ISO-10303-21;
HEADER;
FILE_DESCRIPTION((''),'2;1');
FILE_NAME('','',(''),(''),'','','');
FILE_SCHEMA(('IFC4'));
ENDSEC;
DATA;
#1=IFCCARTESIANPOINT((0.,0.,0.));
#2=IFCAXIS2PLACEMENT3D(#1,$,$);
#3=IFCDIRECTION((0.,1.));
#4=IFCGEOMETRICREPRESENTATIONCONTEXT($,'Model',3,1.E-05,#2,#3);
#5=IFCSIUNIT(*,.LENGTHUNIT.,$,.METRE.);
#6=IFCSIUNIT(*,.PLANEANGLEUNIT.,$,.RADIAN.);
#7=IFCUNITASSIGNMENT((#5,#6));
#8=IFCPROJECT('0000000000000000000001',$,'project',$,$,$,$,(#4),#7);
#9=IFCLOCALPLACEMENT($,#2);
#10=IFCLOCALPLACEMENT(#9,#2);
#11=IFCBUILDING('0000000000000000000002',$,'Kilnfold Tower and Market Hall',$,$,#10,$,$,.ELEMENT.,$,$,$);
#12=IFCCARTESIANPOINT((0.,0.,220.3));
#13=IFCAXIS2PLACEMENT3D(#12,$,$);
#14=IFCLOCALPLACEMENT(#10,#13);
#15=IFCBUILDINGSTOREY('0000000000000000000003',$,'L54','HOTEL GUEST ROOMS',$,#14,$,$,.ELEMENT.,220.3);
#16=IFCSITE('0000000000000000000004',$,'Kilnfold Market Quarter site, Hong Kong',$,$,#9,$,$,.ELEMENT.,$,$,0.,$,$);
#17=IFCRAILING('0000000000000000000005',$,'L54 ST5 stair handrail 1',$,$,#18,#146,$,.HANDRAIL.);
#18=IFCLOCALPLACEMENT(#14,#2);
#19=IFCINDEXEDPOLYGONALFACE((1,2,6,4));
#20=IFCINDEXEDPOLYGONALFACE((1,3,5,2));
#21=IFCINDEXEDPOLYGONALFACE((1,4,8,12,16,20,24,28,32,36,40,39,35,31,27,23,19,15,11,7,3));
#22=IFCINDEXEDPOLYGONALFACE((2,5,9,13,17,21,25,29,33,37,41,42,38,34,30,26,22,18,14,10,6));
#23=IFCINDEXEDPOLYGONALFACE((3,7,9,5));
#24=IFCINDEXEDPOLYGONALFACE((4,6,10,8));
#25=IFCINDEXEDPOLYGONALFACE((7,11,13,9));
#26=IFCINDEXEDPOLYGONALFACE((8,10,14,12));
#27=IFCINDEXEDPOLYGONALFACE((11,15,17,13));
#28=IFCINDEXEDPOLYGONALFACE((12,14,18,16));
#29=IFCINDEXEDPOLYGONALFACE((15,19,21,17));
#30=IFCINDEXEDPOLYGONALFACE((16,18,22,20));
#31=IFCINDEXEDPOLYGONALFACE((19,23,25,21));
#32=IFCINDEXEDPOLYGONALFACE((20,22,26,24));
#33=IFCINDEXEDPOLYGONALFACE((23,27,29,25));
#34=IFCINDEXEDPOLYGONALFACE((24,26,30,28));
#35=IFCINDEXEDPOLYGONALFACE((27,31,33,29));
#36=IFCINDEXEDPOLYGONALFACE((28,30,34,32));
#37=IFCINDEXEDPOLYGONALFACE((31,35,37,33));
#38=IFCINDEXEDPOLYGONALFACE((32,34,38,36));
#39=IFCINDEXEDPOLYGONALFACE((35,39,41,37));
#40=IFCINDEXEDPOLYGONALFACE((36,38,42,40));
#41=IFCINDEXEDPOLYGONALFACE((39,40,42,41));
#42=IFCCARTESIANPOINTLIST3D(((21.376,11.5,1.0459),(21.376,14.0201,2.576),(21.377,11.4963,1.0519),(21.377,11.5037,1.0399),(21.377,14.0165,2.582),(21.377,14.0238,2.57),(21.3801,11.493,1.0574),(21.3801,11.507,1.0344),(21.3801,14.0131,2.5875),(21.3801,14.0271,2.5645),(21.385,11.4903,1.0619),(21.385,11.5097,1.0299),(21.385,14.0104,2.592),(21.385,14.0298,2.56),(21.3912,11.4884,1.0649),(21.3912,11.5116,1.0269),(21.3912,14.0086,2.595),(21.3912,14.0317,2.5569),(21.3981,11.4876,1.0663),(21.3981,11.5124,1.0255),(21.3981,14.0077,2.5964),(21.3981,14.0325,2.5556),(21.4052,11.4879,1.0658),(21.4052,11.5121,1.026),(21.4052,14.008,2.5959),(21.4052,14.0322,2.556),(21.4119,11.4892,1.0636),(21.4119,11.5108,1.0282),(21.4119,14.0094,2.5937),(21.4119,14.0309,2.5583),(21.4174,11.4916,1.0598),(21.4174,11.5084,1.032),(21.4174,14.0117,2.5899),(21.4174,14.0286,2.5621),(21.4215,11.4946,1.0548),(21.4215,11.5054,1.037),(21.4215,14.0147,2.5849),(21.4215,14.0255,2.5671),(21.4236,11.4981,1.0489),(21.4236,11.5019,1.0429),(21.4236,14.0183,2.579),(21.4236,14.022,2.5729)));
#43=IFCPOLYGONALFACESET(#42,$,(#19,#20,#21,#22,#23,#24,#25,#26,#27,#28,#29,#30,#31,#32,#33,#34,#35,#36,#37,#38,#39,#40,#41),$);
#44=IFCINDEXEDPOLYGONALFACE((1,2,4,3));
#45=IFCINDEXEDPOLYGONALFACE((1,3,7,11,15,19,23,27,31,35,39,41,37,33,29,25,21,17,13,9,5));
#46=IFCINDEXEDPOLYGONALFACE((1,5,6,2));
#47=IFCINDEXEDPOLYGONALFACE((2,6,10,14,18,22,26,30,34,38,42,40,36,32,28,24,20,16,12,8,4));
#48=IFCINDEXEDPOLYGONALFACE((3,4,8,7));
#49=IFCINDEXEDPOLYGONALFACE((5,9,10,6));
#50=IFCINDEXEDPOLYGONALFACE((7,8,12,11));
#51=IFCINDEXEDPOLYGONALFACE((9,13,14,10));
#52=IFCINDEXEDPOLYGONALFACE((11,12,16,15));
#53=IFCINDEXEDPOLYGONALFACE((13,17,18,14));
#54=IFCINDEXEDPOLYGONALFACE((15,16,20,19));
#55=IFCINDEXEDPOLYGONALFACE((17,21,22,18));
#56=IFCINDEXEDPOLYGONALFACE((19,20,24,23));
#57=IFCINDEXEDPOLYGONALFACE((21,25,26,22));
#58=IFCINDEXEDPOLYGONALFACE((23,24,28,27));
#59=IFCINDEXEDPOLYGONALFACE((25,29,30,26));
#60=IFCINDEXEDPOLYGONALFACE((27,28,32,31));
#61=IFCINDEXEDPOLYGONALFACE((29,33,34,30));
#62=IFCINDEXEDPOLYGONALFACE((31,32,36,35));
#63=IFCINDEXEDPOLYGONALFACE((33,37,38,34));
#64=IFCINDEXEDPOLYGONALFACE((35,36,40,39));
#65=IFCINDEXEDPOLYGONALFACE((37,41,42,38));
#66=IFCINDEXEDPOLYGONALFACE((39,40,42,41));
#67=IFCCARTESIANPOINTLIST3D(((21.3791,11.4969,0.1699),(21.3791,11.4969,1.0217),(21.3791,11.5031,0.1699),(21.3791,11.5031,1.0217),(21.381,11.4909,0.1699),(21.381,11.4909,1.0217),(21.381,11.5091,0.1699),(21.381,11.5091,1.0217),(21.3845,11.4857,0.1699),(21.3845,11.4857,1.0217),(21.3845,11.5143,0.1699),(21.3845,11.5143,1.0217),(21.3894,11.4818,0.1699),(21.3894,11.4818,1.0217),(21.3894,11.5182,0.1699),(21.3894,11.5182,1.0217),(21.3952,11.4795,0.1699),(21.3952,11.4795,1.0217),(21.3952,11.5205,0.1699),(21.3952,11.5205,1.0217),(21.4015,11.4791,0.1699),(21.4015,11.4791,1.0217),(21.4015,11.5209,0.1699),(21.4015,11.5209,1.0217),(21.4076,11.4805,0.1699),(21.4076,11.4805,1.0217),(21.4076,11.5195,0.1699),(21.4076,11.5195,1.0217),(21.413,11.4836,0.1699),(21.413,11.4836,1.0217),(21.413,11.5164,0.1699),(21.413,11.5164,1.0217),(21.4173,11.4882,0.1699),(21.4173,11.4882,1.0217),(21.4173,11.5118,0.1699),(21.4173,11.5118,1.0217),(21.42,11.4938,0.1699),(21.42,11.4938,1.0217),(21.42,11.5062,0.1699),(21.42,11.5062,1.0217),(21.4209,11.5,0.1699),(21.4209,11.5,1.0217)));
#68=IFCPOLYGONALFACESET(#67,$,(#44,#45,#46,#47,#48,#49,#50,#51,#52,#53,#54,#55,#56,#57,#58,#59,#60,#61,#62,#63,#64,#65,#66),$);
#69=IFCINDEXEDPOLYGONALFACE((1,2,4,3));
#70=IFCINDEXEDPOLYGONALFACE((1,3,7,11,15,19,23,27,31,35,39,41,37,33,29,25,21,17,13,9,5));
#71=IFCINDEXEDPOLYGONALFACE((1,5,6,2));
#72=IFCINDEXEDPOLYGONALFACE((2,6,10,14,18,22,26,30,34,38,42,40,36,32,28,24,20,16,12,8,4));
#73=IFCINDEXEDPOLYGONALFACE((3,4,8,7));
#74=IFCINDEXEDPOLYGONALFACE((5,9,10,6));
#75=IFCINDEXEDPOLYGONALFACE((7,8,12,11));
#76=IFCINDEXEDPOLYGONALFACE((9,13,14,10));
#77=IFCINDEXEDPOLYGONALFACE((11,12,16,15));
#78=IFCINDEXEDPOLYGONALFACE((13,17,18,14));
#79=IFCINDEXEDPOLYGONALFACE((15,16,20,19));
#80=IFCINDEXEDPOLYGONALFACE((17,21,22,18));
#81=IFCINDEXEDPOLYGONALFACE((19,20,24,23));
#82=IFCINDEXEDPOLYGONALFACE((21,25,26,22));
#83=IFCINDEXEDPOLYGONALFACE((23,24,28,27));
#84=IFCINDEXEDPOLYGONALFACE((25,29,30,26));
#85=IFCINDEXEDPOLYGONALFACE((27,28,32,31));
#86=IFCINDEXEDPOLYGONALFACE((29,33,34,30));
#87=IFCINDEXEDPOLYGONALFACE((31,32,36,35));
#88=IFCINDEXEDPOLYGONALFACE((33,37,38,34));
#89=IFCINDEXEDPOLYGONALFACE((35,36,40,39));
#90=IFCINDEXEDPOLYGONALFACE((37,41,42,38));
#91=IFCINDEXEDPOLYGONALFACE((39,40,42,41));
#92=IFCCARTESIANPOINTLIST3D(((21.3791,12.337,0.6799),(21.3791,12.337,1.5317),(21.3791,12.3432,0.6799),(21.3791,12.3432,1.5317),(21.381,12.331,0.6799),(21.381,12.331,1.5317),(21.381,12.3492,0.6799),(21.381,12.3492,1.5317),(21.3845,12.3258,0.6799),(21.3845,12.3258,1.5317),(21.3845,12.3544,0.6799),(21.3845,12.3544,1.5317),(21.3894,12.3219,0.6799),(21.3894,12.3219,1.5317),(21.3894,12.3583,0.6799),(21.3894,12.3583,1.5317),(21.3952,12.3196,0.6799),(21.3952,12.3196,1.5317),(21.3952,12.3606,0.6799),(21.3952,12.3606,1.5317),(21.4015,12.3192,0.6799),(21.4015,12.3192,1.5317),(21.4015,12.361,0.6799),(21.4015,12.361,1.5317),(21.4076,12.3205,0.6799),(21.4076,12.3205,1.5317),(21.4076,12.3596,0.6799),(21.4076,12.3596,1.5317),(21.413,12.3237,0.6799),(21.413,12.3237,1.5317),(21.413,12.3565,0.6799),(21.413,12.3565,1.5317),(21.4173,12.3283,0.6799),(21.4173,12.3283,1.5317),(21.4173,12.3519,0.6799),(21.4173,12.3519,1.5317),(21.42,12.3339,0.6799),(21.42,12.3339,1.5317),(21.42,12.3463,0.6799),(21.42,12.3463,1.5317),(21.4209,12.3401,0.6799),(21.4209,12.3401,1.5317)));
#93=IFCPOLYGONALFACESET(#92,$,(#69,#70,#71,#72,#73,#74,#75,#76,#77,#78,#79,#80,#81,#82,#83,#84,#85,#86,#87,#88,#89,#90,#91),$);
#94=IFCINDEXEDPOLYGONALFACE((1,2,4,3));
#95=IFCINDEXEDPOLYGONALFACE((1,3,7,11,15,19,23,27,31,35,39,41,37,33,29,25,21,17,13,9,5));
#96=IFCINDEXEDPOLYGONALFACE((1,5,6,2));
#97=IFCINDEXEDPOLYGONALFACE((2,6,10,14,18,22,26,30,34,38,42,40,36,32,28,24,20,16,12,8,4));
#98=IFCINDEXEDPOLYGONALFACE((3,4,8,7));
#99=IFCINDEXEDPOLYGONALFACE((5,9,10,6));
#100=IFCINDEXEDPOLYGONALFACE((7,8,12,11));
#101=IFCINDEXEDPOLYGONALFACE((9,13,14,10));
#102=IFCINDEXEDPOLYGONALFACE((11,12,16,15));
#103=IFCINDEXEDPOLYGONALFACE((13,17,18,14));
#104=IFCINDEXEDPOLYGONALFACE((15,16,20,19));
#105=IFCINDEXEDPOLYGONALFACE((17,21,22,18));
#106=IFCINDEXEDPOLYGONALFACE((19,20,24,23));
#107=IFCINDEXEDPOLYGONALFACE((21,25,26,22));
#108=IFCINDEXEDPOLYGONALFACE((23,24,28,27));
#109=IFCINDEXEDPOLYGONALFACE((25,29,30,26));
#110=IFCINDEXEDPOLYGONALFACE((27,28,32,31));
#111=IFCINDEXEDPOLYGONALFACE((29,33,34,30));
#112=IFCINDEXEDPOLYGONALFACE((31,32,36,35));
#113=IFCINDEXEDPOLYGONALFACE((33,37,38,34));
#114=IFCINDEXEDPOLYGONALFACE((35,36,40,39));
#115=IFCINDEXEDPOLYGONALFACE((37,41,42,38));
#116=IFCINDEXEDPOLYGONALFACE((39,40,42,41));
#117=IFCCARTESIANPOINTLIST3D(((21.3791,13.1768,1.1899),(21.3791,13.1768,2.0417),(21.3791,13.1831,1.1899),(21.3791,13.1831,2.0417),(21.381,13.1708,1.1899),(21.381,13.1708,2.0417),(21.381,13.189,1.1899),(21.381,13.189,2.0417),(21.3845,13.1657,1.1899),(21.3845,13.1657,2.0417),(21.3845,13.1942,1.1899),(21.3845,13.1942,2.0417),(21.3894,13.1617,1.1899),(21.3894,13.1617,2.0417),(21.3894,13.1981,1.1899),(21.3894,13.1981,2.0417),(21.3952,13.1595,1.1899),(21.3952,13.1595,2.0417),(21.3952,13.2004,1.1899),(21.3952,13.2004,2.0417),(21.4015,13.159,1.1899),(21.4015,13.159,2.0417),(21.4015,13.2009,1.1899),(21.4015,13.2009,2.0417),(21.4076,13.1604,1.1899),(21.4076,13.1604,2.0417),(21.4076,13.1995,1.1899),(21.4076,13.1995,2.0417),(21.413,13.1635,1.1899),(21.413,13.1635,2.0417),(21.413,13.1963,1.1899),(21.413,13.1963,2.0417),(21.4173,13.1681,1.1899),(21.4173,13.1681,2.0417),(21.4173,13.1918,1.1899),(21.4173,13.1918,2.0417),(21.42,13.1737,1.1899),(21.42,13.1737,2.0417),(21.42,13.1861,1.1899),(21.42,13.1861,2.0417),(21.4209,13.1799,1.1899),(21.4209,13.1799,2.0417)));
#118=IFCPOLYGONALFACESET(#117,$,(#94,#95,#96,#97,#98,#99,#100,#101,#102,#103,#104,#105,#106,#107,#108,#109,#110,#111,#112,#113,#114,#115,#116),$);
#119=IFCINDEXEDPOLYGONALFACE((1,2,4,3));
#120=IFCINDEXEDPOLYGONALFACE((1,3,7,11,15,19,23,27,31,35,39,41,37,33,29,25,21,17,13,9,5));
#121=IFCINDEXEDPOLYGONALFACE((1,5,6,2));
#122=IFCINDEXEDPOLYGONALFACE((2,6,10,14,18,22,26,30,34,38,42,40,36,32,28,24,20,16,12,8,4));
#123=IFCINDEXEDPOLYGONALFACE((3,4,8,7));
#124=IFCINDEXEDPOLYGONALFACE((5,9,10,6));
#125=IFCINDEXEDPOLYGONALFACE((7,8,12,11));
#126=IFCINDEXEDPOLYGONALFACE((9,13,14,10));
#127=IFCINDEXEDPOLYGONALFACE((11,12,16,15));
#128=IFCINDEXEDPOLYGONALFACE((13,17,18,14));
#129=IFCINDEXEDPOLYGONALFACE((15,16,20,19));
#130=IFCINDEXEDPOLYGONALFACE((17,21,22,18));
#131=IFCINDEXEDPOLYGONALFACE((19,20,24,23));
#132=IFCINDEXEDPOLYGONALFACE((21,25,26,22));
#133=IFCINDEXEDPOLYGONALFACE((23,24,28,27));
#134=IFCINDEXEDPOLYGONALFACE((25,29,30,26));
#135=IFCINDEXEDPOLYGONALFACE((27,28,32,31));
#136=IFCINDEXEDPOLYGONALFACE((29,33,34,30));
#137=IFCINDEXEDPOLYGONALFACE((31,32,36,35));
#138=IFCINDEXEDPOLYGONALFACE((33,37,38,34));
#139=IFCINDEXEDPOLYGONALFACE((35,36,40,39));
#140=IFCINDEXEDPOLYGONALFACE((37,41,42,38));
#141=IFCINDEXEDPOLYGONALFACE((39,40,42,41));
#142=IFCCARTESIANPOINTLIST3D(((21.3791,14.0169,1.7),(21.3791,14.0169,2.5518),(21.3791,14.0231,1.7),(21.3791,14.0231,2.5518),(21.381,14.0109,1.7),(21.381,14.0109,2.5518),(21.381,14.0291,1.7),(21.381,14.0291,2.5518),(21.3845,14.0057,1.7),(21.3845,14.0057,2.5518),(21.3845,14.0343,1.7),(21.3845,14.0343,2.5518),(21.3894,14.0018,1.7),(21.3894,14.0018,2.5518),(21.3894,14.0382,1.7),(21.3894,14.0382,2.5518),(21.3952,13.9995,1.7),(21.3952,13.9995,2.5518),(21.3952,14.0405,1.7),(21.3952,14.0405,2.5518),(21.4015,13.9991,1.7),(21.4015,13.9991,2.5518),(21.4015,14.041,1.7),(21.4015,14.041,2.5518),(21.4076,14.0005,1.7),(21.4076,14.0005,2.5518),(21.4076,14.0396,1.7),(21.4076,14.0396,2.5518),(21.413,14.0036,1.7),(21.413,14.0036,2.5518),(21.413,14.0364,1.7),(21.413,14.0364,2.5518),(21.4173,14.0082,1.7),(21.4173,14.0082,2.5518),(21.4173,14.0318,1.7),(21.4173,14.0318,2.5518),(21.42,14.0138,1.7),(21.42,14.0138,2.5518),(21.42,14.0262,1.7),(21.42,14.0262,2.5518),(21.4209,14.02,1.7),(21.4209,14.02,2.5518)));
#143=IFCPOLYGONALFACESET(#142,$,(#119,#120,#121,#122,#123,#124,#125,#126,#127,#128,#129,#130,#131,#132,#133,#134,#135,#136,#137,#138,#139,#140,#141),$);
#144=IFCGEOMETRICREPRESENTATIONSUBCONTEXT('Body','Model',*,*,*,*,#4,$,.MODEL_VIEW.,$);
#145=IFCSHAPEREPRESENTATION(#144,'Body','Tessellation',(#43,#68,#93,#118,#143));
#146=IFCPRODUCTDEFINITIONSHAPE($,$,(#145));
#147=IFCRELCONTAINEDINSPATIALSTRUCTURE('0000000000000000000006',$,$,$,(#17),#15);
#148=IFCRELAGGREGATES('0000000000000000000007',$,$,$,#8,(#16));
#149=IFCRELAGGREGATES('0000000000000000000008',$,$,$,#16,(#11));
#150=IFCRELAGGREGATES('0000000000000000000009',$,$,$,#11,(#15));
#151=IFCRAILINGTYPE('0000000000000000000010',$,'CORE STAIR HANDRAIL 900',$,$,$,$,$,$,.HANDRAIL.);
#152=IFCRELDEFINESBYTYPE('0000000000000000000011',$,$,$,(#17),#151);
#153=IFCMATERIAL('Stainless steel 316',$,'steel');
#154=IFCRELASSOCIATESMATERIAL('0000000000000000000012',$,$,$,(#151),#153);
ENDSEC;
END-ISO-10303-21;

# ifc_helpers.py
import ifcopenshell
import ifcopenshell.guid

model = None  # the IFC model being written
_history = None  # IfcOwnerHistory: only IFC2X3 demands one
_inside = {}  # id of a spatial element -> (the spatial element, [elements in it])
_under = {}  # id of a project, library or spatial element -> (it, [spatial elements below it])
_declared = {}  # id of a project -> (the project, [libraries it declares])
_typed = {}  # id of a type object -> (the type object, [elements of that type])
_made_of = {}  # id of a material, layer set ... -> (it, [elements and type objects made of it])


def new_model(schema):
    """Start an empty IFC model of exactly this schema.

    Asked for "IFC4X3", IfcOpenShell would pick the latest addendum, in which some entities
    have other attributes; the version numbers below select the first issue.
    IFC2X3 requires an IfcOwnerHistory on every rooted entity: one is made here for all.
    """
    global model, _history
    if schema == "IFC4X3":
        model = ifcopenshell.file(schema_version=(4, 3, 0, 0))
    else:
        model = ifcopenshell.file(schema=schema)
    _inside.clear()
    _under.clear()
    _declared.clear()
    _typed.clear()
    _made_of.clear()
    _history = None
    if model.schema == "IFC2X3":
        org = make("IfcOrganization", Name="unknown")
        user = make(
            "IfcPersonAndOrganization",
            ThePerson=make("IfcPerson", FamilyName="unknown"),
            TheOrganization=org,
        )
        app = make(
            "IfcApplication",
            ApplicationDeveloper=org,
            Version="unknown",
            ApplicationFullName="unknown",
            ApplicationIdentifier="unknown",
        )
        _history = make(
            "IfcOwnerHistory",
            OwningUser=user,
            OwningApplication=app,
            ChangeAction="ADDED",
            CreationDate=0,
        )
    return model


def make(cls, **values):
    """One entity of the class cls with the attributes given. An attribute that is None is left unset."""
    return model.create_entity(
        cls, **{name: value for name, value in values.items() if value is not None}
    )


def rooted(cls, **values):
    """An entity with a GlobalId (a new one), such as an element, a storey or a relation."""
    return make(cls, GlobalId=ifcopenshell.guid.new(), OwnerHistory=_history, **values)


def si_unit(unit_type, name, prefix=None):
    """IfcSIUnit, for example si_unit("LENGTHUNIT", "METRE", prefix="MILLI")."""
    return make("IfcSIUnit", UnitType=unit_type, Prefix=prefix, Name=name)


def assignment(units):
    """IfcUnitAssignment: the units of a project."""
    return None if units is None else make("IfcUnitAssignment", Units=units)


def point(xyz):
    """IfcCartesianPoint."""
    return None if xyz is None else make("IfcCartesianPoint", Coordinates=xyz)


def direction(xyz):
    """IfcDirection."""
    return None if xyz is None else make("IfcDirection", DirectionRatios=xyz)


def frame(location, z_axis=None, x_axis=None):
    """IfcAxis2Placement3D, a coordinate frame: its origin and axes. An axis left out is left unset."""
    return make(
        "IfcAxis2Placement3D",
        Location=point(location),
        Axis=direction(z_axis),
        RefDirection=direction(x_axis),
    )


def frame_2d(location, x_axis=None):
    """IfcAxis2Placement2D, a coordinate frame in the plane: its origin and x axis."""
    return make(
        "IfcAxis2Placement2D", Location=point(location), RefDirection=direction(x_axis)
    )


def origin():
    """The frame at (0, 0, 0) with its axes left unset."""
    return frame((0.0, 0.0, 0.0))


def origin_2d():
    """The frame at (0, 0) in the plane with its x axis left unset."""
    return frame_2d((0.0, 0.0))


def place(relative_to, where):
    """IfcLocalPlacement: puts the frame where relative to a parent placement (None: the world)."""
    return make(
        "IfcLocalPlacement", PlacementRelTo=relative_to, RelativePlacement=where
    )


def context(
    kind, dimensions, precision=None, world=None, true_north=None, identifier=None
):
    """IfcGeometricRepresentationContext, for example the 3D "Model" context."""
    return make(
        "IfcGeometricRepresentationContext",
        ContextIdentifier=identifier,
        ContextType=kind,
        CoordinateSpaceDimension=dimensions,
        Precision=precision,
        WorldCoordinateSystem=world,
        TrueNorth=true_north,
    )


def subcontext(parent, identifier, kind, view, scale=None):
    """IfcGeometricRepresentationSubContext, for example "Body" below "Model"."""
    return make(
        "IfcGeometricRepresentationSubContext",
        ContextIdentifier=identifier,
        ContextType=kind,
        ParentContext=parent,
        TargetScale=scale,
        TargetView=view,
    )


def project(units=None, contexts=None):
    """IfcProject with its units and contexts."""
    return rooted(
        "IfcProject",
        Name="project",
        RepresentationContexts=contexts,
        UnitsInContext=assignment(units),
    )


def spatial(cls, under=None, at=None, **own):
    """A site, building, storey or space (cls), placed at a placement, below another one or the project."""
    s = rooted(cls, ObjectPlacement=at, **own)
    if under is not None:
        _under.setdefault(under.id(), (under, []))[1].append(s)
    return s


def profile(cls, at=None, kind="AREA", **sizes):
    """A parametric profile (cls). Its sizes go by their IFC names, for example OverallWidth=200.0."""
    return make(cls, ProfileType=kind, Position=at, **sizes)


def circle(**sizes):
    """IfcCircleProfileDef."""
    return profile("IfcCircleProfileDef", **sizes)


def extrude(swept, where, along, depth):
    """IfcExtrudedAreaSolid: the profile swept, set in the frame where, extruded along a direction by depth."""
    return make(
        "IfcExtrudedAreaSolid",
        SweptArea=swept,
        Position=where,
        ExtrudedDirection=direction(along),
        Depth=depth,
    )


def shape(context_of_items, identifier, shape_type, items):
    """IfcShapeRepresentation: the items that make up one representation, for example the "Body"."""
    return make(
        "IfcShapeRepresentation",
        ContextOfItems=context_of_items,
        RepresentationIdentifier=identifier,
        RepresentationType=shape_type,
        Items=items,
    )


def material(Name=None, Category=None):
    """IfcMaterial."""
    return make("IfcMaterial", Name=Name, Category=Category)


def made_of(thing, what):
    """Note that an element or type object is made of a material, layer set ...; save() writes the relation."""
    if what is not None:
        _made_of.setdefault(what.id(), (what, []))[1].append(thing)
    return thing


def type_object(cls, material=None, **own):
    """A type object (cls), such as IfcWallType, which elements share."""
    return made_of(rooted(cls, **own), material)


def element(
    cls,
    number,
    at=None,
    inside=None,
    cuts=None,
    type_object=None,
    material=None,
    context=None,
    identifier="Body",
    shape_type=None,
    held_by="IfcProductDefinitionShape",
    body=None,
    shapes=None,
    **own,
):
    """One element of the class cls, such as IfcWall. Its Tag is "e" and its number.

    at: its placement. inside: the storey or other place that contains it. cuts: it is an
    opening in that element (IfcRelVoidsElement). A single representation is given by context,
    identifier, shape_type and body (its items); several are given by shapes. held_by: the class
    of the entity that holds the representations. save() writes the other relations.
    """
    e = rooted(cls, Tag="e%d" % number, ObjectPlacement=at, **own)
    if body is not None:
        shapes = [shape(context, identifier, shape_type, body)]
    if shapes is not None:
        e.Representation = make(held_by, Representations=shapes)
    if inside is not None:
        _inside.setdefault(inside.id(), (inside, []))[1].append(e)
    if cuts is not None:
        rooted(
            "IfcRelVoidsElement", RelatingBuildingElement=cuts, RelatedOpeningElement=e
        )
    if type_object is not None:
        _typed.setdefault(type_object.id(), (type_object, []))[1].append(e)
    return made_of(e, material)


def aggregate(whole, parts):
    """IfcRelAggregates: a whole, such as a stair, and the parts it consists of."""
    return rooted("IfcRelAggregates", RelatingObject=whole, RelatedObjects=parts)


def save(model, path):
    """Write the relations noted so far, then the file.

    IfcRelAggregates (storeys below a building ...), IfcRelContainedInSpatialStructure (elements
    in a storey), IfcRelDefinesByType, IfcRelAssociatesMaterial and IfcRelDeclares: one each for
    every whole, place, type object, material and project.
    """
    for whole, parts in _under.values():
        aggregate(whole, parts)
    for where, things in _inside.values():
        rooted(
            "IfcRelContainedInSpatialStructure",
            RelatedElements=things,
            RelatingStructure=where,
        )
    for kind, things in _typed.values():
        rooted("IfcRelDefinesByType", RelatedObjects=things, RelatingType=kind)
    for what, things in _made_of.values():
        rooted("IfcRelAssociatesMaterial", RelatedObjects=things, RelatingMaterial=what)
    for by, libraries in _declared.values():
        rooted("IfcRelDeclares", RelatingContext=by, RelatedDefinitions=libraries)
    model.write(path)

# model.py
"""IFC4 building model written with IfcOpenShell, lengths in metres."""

from ifc_helpers import new_model, si_unit, direction, frame, origin, origin_2d, place, context, subcontext, project, spatial, circle, extrude, material, type_object, element, save


model = new_model("IFC4")

# Units and contexts
model_context = context("Model", 3, precision=1e-05, world=origin(), true_north=direction((0.0, 1.0)))
body_context = subcontext(model_context, "Body", "Model", "MODEL_VIEW")
ifc_project = project(units=[si_unit("LENGTHUNIT", "METRE"), si_unit("PLANEANGLEUNIT", "RADIAN")], contexts=[model_context])

# Site, building, storey
site_placement = place(None, origin())
site = spatial("IfcSite", under=ifc_project, at=site_placement, Name="Kilnfold Market Quarter site, Hong Kong", CompositionType="ELEMENT", RefElevation=0.0)
building_placement = place(site_placement, origin())
building = spatial("IfcBuilding", under=site, at=building_placement, Name="Kilnfold Tower and Market Hall", CompositionType="ELEMENT")
storey_placement = place(building_placement, frame((0.0, 0.0, 220.3)))
storey = spatial("IfcBuildingStorey", under=building, at=storey_placement, Name="L54", Description="HOTEL GUEST ROOMS", CompositionType="ELEMENT", Elevation=220.3)

# Railing
ifc_material_1 = material(Name="Stainless steel 316", Category="steel")
railing_type_1 = type_object("IfcRailingType", Name="CORE STAIR HANDRAIL 900", PredefinedType="HANDRAIL", material=ifc_material_1)
railing_1_placement = place(storey_placement, frame((21.3999, 11.5, 0.1699)))
element("IfcRailing", 1, at=railing_1_placement, inside=storey, type_object=railing_type_1, Name="L54 ST5 stair handrail 1", PredefinedType="HANDRAIL", context=body_context, shape_type="SweptSolid", body=[
    extrude(circle(Radius=0.0239, at=origin_2d()), frame((0.0, 0.0, 0.876), z_axis=(0.0, 0.854785, 0.518982), x_axis=(-1.0, 0.0, 0.0)), (0.0, 0.0, 1.0), 2.9482),
    extrude(circle(Radius=0.021, at=origin_2d()), origin(), (0.0, 0.0, 1.0), 0.8518),
    extrude(circle(Radius=0.021, at=origin_2d()), frame((0.0, 0.8401, 0.51)), (0.0, 0.0, 1.0), 0.8518),
    extrude(circle(Radius=0.021, at=origin_2d()), frame((0.0, 1.6799, 1.02)), (0.0, 0.0, 1.0), 0.8518),
    extrude(circle(Radius=0.021, at=origin_2d()), frame((0.0, 2.52, 1.53)), (0.0, 0.0, 1.0), 0.8518),
])

save(model, "model.ifc")
